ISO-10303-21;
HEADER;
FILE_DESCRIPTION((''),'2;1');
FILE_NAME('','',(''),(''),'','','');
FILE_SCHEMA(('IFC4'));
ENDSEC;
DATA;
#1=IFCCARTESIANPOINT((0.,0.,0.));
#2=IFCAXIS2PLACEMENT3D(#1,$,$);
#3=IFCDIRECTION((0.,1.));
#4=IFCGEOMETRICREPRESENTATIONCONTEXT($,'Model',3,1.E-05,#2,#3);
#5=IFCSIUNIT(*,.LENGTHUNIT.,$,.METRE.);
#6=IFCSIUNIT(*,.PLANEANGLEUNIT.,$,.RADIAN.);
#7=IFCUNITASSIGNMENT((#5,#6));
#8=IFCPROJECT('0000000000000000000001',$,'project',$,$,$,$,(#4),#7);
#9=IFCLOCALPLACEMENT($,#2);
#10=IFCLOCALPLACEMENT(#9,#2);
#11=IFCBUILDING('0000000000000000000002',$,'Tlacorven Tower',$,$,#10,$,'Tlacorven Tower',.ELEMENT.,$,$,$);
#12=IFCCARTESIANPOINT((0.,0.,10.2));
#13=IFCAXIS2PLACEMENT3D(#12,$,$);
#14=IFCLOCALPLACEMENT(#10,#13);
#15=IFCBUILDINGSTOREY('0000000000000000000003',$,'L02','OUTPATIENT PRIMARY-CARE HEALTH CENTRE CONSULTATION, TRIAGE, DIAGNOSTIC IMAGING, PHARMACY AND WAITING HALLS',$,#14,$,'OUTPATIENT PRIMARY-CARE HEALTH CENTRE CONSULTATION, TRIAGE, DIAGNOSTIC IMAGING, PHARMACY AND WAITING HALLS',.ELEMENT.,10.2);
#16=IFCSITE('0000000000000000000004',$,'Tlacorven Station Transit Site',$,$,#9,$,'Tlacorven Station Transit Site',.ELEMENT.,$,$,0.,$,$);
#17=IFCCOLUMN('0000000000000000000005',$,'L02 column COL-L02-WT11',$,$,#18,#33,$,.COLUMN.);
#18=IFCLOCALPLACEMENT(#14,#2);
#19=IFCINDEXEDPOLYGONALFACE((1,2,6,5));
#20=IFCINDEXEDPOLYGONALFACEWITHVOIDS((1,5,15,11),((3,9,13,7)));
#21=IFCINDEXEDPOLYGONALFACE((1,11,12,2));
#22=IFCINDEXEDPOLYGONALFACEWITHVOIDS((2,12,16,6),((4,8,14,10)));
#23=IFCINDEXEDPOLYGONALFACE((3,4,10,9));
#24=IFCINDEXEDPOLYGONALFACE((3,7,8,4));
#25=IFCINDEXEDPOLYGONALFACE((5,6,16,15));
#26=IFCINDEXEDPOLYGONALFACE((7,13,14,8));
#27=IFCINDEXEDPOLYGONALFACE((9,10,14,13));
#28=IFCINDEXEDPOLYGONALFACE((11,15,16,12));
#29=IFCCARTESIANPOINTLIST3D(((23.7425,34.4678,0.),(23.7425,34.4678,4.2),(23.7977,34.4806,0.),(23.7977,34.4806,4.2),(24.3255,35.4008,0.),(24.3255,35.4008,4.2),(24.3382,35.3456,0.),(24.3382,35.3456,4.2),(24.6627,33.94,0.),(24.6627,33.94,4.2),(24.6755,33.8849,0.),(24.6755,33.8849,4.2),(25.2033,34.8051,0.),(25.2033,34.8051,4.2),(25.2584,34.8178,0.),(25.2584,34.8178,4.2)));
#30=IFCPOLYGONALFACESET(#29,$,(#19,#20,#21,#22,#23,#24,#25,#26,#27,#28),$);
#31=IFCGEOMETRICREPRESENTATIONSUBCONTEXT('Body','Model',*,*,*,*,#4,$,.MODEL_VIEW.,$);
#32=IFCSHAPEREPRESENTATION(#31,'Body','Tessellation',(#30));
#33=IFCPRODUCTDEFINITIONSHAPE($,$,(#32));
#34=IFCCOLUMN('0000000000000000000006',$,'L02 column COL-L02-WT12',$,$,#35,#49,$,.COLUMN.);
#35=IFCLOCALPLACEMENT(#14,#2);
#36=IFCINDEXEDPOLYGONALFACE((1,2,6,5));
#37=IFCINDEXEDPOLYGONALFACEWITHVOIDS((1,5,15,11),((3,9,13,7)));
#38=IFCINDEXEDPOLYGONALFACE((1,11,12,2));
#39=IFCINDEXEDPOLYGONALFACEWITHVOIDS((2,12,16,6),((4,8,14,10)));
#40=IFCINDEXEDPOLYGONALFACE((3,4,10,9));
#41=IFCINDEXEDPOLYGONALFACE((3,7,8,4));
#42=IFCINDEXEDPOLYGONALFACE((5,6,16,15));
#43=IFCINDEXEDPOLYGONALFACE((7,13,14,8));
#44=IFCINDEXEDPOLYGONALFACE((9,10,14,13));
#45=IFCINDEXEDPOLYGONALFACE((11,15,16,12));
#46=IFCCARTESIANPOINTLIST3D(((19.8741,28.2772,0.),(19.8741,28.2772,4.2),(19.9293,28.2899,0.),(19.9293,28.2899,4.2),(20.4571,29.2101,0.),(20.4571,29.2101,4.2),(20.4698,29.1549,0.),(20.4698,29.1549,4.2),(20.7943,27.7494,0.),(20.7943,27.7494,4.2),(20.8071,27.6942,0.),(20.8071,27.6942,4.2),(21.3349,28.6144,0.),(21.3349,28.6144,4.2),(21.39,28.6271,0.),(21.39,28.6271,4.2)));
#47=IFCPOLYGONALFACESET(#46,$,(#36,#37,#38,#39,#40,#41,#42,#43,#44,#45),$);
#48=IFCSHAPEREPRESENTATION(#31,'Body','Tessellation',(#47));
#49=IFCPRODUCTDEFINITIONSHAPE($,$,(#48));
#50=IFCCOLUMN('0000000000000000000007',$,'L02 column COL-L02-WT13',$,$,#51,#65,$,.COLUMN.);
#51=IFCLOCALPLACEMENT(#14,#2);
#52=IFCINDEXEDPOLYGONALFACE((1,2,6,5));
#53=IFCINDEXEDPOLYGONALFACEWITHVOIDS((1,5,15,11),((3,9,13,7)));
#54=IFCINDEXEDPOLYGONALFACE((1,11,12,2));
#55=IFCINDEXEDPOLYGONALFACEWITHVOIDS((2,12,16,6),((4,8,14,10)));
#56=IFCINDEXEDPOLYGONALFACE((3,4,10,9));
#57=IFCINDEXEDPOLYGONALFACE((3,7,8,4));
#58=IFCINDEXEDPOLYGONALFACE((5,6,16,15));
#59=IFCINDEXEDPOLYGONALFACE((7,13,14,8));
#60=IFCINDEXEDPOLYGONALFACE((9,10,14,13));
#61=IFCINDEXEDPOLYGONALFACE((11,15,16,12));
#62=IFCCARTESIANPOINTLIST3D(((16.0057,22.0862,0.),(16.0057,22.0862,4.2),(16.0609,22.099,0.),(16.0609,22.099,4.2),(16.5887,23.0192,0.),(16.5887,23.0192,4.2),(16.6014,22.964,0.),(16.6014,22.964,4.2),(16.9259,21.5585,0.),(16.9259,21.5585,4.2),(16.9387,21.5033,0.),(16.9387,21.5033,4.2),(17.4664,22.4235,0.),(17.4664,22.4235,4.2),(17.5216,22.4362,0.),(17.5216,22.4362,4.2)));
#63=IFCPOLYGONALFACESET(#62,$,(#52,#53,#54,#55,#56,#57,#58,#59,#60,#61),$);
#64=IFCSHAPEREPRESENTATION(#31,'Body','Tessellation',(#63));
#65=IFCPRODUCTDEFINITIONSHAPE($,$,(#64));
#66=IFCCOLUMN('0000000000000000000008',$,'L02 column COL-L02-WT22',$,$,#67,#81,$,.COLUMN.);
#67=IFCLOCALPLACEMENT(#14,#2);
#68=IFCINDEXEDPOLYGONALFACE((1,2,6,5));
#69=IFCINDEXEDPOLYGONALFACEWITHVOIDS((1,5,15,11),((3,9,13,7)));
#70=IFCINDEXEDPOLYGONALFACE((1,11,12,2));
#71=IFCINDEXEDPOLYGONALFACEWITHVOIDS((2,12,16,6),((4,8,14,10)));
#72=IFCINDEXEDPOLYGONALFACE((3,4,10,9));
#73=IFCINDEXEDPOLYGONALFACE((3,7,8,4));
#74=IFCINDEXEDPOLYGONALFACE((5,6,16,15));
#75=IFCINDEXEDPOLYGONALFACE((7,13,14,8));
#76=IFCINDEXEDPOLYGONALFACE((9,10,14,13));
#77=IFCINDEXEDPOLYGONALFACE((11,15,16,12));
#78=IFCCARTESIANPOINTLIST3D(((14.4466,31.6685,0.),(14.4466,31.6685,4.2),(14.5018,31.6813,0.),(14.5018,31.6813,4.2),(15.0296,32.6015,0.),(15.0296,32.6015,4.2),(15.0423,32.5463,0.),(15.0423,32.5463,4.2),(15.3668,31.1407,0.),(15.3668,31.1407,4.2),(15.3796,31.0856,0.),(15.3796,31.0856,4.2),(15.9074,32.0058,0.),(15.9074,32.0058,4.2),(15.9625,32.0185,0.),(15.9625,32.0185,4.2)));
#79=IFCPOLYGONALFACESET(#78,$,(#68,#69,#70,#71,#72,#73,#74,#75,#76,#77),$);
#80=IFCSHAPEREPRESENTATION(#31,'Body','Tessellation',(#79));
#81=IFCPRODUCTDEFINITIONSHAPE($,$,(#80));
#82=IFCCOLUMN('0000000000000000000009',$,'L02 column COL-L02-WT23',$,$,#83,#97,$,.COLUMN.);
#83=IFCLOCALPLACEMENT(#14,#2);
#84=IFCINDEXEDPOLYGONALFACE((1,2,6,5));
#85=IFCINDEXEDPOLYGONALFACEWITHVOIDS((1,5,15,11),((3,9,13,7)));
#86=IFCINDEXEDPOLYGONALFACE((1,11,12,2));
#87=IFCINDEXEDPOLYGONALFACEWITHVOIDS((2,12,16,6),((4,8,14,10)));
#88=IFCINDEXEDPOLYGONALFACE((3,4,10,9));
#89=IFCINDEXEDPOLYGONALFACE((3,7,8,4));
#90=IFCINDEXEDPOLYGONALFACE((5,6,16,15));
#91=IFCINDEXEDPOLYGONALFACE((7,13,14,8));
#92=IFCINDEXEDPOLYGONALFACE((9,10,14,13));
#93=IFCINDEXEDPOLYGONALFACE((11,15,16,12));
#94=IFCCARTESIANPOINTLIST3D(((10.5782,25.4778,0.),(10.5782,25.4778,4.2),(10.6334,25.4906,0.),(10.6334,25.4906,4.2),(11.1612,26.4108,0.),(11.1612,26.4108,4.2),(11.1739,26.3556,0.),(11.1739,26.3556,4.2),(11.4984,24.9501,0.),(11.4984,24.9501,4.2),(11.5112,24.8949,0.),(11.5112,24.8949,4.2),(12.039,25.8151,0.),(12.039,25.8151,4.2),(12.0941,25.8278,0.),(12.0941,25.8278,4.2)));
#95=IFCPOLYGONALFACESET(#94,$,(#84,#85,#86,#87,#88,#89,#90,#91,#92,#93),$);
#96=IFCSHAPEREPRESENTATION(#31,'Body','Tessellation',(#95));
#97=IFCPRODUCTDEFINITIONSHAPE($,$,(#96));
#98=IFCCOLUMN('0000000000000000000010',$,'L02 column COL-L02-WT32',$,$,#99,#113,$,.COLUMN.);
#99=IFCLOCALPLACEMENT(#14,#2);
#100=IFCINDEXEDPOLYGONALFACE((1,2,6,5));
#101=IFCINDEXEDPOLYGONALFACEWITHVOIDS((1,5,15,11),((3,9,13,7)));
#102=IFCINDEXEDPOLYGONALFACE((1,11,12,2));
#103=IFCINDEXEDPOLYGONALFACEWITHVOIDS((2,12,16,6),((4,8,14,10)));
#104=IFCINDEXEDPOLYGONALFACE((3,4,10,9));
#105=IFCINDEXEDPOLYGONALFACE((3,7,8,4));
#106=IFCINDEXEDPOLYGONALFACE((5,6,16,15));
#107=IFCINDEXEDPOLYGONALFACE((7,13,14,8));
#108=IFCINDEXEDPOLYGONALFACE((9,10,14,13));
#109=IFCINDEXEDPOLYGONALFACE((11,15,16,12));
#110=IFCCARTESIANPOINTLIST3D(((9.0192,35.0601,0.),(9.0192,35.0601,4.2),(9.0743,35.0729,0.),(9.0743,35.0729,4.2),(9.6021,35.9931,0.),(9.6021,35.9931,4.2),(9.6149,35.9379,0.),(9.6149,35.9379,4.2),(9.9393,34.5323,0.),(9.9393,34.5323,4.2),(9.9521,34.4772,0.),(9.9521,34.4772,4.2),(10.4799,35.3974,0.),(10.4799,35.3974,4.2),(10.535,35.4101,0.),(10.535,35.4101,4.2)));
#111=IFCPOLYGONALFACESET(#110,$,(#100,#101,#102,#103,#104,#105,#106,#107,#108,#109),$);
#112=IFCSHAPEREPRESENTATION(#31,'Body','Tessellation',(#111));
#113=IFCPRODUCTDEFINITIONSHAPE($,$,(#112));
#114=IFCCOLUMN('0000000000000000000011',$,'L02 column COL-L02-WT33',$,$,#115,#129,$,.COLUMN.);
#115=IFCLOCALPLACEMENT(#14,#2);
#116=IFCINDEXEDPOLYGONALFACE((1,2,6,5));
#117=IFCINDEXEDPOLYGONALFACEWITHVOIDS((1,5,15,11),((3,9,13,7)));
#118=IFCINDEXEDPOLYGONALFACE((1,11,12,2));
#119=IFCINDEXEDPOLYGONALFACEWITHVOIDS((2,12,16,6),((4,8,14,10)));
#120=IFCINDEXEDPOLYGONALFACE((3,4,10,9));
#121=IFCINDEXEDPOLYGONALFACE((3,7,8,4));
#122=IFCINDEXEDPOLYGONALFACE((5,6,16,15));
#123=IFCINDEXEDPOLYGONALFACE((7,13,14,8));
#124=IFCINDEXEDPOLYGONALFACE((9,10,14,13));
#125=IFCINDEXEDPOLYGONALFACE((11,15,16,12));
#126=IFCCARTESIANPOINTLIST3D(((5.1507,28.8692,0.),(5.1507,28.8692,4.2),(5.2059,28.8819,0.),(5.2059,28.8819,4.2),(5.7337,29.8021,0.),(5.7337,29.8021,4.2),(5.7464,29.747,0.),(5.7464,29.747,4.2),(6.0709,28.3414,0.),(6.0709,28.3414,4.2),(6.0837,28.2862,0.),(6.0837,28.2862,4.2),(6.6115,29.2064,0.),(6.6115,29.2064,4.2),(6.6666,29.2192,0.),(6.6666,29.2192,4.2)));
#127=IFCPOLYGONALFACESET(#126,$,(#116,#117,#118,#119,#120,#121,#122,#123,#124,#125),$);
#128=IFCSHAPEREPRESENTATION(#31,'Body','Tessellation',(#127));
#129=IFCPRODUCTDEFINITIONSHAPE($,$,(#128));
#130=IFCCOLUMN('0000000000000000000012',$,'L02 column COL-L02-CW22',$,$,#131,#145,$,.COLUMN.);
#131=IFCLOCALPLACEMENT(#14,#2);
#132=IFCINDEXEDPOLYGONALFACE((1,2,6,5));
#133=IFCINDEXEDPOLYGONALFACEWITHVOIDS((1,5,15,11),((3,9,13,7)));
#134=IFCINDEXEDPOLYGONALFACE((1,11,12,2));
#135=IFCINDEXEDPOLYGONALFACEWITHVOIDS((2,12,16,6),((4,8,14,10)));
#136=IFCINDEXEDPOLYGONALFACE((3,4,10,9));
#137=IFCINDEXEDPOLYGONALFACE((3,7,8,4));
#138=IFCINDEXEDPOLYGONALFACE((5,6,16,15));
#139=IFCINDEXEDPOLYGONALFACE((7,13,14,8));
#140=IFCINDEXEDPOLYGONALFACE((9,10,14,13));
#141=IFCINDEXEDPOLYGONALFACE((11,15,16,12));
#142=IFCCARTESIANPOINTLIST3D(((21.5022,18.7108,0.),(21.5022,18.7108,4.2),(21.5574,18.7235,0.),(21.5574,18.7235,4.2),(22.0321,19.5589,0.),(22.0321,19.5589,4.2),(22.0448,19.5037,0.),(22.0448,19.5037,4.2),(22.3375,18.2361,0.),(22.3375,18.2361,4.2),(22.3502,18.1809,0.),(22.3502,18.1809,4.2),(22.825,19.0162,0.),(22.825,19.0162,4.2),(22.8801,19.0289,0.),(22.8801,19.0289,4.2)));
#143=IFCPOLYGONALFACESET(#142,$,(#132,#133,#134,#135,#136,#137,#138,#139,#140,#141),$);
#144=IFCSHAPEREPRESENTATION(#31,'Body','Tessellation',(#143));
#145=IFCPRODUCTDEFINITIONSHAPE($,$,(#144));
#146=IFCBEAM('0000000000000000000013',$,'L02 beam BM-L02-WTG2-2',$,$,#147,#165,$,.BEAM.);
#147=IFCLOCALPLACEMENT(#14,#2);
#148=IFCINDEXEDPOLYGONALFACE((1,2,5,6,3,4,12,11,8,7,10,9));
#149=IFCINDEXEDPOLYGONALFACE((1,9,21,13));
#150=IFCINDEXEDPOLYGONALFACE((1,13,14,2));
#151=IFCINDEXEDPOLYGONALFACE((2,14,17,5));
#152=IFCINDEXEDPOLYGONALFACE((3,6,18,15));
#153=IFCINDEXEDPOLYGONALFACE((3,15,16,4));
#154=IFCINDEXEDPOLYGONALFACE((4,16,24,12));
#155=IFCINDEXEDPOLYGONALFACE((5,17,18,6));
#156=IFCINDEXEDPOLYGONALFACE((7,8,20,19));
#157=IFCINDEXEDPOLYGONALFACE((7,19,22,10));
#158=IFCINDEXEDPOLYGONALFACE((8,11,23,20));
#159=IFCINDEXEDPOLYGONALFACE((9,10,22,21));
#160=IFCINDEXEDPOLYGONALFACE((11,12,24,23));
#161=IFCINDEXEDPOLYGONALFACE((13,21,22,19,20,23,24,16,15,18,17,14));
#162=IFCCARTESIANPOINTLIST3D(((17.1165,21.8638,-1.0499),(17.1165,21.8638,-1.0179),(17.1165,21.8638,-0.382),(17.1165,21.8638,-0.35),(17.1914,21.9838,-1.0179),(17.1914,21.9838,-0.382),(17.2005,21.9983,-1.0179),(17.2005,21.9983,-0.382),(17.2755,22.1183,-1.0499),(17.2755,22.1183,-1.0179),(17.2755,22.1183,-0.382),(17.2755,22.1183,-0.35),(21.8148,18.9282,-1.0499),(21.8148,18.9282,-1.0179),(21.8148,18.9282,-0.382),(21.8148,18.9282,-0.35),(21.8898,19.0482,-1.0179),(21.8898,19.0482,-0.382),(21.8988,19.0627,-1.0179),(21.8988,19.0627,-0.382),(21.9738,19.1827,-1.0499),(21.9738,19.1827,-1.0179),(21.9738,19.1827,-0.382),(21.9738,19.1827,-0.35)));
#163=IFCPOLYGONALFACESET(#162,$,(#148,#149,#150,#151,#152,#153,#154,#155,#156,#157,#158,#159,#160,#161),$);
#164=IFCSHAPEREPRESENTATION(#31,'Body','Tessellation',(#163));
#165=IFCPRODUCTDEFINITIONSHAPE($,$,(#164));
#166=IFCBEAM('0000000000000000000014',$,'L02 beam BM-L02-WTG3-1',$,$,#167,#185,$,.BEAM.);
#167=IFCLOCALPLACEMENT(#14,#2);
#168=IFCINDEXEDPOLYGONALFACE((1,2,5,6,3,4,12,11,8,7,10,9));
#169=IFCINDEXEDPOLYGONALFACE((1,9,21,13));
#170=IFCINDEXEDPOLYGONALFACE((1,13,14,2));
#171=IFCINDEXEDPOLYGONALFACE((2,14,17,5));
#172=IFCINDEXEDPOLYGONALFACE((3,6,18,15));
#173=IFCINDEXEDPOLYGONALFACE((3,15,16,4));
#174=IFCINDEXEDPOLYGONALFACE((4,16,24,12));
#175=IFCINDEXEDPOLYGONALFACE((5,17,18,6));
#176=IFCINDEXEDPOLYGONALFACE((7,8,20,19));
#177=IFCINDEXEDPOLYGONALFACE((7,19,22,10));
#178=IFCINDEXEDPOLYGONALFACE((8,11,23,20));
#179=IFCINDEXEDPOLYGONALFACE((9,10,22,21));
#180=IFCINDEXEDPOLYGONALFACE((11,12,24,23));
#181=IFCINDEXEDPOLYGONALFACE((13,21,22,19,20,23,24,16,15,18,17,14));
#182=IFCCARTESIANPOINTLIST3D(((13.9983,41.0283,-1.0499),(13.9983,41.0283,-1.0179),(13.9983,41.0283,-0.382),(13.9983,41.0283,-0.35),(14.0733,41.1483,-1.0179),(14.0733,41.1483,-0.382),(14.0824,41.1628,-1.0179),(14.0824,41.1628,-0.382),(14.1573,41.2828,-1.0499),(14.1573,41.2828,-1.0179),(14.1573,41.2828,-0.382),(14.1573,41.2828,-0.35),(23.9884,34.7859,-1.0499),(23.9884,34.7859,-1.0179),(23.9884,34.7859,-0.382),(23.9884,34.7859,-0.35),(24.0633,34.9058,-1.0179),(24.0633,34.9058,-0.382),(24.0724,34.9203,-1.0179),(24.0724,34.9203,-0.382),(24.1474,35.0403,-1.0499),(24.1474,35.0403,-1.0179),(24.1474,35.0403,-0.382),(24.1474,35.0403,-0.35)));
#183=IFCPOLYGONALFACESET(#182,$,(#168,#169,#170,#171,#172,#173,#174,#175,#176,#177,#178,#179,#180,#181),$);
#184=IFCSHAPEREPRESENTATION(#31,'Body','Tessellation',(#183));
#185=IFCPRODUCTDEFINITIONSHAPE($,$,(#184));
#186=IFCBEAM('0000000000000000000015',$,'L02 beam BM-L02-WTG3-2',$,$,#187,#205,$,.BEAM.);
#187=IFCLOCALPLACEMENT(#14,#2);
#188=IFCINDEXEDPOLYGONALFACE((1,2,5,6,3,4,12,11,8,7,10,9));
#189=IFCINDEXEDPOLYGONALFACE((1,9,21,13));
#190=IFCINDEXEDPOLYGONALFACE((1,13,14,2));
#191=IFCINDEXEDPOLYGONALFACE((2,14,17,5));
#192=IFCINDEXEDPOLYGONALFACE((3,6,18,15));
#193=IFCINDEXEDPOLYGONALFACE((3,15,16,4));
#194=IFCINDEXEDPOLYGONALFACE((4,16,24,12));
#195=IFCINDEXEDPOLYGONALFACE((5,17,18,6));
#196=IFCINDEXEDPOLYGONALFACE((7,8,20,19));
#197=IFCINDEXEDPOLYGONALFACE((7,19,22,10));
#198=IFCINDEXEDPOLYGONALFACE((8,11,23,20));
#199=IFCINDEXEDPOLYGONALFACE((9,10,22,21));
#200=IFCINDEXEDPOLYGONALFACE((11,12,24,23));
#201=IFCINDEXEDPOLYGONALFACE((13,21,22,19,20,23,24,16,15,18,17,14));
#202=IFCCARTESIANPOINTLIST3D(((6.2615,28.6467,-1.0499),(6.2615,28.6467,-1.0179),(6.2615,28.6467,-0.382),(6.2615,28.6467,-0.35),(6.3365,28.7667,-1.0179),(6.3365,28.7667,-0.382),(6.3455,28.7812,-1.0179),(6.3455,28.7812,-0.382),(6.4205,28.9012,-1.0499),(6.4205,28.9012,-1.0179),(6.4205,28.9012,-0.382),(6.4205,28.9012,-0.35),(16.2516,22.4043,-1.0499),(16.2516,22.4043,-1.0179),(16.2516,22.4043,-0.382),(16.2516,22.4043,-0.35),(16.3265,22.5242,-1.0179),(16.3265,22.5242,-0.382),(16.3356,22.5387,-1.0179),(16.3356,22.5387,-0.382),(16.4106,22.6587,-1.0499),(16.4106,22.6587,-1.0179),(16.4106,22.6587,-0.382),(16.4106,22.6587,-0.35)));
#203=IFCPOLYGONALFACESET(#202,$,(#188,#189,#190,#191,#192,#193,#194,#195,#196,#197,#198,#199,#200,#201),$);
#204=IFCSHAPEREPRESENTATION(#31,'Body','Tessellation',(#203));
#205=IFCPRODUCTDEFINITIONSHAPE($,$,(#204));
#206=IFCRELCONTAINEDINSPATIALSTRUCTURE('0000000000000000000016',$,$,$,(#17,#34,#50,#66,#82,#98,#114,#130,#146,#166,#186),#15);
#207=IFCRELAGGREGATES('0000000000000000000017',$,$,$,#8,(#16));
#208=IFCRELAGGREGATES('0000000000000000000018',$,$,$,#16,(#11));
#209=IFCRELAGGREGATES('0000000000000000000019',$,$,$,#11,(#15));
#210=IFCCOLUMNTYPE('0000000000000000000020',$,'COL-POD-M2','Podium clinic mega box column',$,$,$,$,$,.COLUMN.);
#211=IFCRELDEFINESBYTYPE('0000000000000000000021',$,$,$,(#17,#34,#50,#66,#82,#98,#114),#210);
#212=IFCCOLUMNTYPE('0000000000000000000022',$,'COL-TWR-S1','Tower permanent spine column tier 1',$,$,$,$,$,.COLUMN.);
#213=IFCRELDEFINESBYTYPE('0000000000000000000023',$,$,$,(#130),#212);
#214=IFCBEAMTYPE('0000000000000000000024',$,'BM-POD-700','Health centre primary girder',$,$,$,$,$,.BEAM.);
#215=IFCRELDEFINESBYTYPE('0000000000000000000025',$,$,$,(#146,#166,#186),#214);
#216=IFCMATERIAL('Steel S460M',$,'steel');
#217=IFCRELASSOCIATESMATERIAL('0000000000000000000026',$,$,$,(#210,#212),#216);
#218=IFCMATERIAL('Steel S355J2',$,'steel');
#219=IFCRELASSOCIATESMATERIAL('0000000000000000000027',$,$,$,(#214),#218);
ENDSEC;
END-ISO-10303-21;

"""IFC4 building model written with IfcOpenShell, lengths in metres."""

from ifc_helpers import new_model, si_unit, direction, frame, origin, origin_2d, place, context, subcontext, project, spatial, hollow_rectangle, i_section, extrude, source, transform, mapped, material, material_profile, profile_set, type_object, element, save


model = new_model("IFC4")

# Units and contexts
model_context = context("Model", 3, precision=1e-05, world=origin(), true_north=direction((0.0, 1.0)))
body_context = subcontext(model_context, "Body", "Model", "MODEL_VIEW")
ifc_project = project(units=[si_unit("LENGTHUNIT", "METRE"), si_unit("PLANEANGLEUNIT", "RADIAN")], contexts=[model_context])

# Site, building, storey
site_placement = place(None, origin())
site = spatial("IfcSite", under=ifc_project, at=site_placement, Name="Tlacorven Station Transit Site", LongName="Tlacorven Station Transit Site", CompositionType="ELEMENT", RefElevation=0.0)
building_placement = place(site_placement, origin())
building = spatial("IfcBuilding", under=site, at=building_placement, Name="Tlacorven Tower", LongName="Tlacorven Tower", CompositionType="ELEMENT")
storey_placement = place(building_placement, frame((0.0, 0.0, 10.2)))
storey = spatial("IfcBuildingStorey", under=building, at=storey_placement, Name="L02", Description="OUTPATIENT PRIMARY-CARE HEALTH CENTRE CONSULTATION, TRIAGE, DIAGNOSTIC IMAGING, PHARMACY AND WAITING HALLS", LongName="OUTPATIENT PRIMARY-CARE HEALTH CENTRE CONSULTATION, TRIAGE, DIAGNOSTIC IMAGING, PHARMACY AND WAITING HALLS", CompositionType="ELEMENT", Elevation=10.2)

# Columns
ifc_material_1 = material(Name="Steel S460M", Category="steel")
ifc_material_profile_1 = material_profile(ifc_material_1, hollow_rectangle(XDim=1.1001, YDim=1.1001, WallThickness=0.04, at=origin_2d()), Name="BOX 1100X1100X40")
ifc_profile_set_1 = profile_set([ifc_material_profile_1], Name="Steel S460M")
column_type_1 = type_object("IfcColumnType", Name="COL-POD-M2", Description="Podium clinic mega box column", PredefinedType="COLUMN", material=ifc_profile_set_1)
shared_shape_1 = source(origin(), body_context, "Body", "SweptSolid", [
    extrude(hollow_rectangle(XDim=1.1001, YDim=1.1001, WallThickness=0.04, at=origin_2d()), origin(), (0.0, 0.0, 1.0), 4.2),
])
for number, where, z_axis, x_axis, name in (
    (1, (24.5005, 34.6428, 0.0), (0.0, 0.0, 1.0), (-0.848048, 0.529919, 0.0), "L02 column COL-L02-WT11"),
    (2, (20.6321, 28.4521, 0.0), (0.0, 0.0, 1.0), (-0.848048, 0.529919, 0.0), "L02 column COL-L02-WT12"),
    (3, (16.7637, 22.2612, 0.0), (0.0, 0.0, 1.0), (-0.848048, 0.529919, 0.0), "L02 column COL-L02-WT13"),
    (4, (15.2046, 31.8435, 0.0), (0.0, 0.0, 1.0), (-0.848048, 0.529919, 0.0), "L02 column COL-L02-WT22"),
    (5, (11.3362, 25.6528, 0.0), (0.0, 0.0, 1.0), (-0.848048, 0.529919, 0.0), "L02 column COL-L02-WT23"),
    (6, (9.7771, 35.2351, 0.0), (0.0, 0.0, 1.0), (-0.848048, 0.529919, 0.0), "L02 column COL-L02-WT32"),
    (7, (5.9087, 29.0442, 0.0), (0.0, 0.0, 1.0), (-0.848048, 0.529919, 0.0), "L02 column COL-L02-WT33"),
):
    element("IfcColumn", number, at=place(storey_placement, frame(where, z_axis=z_axis, x_axis=x_axis)), inside=storey, type_object=column_type_1, Name=name, PredefinedType="COLUMN", context=body_context, shape_type="MappedRepresentation", body=[
        mapped(shared_shape_1, transform((0.0, 0.0, 0.0), scale=1.0)),
    ])
ifc_material_profile_2 = material_profile(ifc_material_1, hollow_rectangle(XDim=1.0, YDim=1.0, WallThickness=0.04, at=origin_2d()), Name="BOX 1000X1000X40")
ifc_profile_set_2 = profile_set([ifc_material_profile_2], Name="Steel S460M")
column_type_2 = type_object("IfcColumnType", Name="COL-TWR-S1", Description="Tower permanent spine column tier 1", PredefinedType="COLUMN", material=ifc_profile_set_2)
shared_shape_2 = source(origin(), body_context, "Body", "SweptSolid", [
    extrude(hollow_rectangle(XDim=1.0, YDim=1.0, WallThickness=0.04, at=origin_2d()), origin(), (0.0, 0.0, 1.0), 4.2),
])
column_placement = place(storey_placement, frame((22.1912, 18.8699, 0.0), z_axis=(0.0, 0.0, 1.0), x_axis=(-0.848048, 0.529919, 0.0)))
element("IfcColumn", 8, at=column_placement, inside=storey, type_object=column_type_2, Name="L02 column COL-L02-CW22", PredefinedType="COLUMN", context=body_context, shape_type="MappedRepresentation", body=[
    mapped(shared_shape_2, transform((0.0, 0.0, 0.0), scale=1.0)),
])

# Beams
ifc_material_2 = material(Name="Steel S355J2", Category="steel")
ifc_material_profile_3 = material_profile(ifc_material_2, i_section(OverallWidth=0.3, OverallDepth=0.7, WebThickness=0.0171, FlangeThickness=0.032, at=origin_2d()), Name="HEB 700")
ifc_profile_set_3 = profile_set([ifc_material_profile_3], Name="Steel S355J2")
beam_type = type_object("IfcBeamType", Name="BM-POD-700", Description="Health centre primary girder", PredefinedType="BEAM", material=ifc_profile_set_3)
shared_shape_3 = source(origin(), body_context, "Body", "SweptSolid", [
    extrude(i_section(OverallWidth=0.3, OverallDepth=0.7, WebThickness=0.0171, FlangeThickness=0.032, at=origin_2d()), origin(), (0.0, 0.0, 1.0), 5.54),
])
beam_placement = place(storey_placement, frame((21.8943, 19.0554, -0.7), z_axis=(-0.848068, 0.529888, 0.0), x_axis=(-0.529888, -0.848068, 0.0)))
element("IfcBeam", 9, at=beam_placement, inside=storey, type_object=beam_type, Name="L02 beam BM-L02-WTG2-2", PredefinedType="BEAM", context=body_context, shape_type="MappedRepresentation", body=[
    mapped(shared_shape_3, transform((0.0, 0.0, 0.0), scale=1.0)),
])
shared_shape_4 = source(origin(), body_context, "Body", "SweptSolid", [
    extrude(i_section(OverallWidth=0.3, OverallDepth=0.7, WebThickness=0.0171, FlangeThickness=0.032, at=origin_2d()), origin(), (0.0, 0.0, 1.0), 11.78),
])
for number, where, z_axis, x_axis, name in (
    (10, (24.0679, 34.9131, -0.7), (-0.848048, 0.529919, 0.0), (-0.529919, -0.848048, 0.0), "L02 beam BM-L02-WTG3-1"),
    (11, (16.3311, 22.5315, -0.7), (-0.848048, 0.529919, 0.0), (-0.529919, -0.848048, 0.0), "L02 beam BM-L02-WTG3-2"),
):
    element("IfcBeam", number, at=place(storey_placement, frame(where, z_axis=z_axis, x_axis=x_axis)), inside=storey, type_object=beam_type, Name=name, PredefinedType="BEAM", context=body_context, shape_type="MappedRepresentation", body=[
        mapped(shared_shape_4, transform((0.0, 0.0, 0.0), scale=1.0)),
    ])

save(model, "model.ifc")
